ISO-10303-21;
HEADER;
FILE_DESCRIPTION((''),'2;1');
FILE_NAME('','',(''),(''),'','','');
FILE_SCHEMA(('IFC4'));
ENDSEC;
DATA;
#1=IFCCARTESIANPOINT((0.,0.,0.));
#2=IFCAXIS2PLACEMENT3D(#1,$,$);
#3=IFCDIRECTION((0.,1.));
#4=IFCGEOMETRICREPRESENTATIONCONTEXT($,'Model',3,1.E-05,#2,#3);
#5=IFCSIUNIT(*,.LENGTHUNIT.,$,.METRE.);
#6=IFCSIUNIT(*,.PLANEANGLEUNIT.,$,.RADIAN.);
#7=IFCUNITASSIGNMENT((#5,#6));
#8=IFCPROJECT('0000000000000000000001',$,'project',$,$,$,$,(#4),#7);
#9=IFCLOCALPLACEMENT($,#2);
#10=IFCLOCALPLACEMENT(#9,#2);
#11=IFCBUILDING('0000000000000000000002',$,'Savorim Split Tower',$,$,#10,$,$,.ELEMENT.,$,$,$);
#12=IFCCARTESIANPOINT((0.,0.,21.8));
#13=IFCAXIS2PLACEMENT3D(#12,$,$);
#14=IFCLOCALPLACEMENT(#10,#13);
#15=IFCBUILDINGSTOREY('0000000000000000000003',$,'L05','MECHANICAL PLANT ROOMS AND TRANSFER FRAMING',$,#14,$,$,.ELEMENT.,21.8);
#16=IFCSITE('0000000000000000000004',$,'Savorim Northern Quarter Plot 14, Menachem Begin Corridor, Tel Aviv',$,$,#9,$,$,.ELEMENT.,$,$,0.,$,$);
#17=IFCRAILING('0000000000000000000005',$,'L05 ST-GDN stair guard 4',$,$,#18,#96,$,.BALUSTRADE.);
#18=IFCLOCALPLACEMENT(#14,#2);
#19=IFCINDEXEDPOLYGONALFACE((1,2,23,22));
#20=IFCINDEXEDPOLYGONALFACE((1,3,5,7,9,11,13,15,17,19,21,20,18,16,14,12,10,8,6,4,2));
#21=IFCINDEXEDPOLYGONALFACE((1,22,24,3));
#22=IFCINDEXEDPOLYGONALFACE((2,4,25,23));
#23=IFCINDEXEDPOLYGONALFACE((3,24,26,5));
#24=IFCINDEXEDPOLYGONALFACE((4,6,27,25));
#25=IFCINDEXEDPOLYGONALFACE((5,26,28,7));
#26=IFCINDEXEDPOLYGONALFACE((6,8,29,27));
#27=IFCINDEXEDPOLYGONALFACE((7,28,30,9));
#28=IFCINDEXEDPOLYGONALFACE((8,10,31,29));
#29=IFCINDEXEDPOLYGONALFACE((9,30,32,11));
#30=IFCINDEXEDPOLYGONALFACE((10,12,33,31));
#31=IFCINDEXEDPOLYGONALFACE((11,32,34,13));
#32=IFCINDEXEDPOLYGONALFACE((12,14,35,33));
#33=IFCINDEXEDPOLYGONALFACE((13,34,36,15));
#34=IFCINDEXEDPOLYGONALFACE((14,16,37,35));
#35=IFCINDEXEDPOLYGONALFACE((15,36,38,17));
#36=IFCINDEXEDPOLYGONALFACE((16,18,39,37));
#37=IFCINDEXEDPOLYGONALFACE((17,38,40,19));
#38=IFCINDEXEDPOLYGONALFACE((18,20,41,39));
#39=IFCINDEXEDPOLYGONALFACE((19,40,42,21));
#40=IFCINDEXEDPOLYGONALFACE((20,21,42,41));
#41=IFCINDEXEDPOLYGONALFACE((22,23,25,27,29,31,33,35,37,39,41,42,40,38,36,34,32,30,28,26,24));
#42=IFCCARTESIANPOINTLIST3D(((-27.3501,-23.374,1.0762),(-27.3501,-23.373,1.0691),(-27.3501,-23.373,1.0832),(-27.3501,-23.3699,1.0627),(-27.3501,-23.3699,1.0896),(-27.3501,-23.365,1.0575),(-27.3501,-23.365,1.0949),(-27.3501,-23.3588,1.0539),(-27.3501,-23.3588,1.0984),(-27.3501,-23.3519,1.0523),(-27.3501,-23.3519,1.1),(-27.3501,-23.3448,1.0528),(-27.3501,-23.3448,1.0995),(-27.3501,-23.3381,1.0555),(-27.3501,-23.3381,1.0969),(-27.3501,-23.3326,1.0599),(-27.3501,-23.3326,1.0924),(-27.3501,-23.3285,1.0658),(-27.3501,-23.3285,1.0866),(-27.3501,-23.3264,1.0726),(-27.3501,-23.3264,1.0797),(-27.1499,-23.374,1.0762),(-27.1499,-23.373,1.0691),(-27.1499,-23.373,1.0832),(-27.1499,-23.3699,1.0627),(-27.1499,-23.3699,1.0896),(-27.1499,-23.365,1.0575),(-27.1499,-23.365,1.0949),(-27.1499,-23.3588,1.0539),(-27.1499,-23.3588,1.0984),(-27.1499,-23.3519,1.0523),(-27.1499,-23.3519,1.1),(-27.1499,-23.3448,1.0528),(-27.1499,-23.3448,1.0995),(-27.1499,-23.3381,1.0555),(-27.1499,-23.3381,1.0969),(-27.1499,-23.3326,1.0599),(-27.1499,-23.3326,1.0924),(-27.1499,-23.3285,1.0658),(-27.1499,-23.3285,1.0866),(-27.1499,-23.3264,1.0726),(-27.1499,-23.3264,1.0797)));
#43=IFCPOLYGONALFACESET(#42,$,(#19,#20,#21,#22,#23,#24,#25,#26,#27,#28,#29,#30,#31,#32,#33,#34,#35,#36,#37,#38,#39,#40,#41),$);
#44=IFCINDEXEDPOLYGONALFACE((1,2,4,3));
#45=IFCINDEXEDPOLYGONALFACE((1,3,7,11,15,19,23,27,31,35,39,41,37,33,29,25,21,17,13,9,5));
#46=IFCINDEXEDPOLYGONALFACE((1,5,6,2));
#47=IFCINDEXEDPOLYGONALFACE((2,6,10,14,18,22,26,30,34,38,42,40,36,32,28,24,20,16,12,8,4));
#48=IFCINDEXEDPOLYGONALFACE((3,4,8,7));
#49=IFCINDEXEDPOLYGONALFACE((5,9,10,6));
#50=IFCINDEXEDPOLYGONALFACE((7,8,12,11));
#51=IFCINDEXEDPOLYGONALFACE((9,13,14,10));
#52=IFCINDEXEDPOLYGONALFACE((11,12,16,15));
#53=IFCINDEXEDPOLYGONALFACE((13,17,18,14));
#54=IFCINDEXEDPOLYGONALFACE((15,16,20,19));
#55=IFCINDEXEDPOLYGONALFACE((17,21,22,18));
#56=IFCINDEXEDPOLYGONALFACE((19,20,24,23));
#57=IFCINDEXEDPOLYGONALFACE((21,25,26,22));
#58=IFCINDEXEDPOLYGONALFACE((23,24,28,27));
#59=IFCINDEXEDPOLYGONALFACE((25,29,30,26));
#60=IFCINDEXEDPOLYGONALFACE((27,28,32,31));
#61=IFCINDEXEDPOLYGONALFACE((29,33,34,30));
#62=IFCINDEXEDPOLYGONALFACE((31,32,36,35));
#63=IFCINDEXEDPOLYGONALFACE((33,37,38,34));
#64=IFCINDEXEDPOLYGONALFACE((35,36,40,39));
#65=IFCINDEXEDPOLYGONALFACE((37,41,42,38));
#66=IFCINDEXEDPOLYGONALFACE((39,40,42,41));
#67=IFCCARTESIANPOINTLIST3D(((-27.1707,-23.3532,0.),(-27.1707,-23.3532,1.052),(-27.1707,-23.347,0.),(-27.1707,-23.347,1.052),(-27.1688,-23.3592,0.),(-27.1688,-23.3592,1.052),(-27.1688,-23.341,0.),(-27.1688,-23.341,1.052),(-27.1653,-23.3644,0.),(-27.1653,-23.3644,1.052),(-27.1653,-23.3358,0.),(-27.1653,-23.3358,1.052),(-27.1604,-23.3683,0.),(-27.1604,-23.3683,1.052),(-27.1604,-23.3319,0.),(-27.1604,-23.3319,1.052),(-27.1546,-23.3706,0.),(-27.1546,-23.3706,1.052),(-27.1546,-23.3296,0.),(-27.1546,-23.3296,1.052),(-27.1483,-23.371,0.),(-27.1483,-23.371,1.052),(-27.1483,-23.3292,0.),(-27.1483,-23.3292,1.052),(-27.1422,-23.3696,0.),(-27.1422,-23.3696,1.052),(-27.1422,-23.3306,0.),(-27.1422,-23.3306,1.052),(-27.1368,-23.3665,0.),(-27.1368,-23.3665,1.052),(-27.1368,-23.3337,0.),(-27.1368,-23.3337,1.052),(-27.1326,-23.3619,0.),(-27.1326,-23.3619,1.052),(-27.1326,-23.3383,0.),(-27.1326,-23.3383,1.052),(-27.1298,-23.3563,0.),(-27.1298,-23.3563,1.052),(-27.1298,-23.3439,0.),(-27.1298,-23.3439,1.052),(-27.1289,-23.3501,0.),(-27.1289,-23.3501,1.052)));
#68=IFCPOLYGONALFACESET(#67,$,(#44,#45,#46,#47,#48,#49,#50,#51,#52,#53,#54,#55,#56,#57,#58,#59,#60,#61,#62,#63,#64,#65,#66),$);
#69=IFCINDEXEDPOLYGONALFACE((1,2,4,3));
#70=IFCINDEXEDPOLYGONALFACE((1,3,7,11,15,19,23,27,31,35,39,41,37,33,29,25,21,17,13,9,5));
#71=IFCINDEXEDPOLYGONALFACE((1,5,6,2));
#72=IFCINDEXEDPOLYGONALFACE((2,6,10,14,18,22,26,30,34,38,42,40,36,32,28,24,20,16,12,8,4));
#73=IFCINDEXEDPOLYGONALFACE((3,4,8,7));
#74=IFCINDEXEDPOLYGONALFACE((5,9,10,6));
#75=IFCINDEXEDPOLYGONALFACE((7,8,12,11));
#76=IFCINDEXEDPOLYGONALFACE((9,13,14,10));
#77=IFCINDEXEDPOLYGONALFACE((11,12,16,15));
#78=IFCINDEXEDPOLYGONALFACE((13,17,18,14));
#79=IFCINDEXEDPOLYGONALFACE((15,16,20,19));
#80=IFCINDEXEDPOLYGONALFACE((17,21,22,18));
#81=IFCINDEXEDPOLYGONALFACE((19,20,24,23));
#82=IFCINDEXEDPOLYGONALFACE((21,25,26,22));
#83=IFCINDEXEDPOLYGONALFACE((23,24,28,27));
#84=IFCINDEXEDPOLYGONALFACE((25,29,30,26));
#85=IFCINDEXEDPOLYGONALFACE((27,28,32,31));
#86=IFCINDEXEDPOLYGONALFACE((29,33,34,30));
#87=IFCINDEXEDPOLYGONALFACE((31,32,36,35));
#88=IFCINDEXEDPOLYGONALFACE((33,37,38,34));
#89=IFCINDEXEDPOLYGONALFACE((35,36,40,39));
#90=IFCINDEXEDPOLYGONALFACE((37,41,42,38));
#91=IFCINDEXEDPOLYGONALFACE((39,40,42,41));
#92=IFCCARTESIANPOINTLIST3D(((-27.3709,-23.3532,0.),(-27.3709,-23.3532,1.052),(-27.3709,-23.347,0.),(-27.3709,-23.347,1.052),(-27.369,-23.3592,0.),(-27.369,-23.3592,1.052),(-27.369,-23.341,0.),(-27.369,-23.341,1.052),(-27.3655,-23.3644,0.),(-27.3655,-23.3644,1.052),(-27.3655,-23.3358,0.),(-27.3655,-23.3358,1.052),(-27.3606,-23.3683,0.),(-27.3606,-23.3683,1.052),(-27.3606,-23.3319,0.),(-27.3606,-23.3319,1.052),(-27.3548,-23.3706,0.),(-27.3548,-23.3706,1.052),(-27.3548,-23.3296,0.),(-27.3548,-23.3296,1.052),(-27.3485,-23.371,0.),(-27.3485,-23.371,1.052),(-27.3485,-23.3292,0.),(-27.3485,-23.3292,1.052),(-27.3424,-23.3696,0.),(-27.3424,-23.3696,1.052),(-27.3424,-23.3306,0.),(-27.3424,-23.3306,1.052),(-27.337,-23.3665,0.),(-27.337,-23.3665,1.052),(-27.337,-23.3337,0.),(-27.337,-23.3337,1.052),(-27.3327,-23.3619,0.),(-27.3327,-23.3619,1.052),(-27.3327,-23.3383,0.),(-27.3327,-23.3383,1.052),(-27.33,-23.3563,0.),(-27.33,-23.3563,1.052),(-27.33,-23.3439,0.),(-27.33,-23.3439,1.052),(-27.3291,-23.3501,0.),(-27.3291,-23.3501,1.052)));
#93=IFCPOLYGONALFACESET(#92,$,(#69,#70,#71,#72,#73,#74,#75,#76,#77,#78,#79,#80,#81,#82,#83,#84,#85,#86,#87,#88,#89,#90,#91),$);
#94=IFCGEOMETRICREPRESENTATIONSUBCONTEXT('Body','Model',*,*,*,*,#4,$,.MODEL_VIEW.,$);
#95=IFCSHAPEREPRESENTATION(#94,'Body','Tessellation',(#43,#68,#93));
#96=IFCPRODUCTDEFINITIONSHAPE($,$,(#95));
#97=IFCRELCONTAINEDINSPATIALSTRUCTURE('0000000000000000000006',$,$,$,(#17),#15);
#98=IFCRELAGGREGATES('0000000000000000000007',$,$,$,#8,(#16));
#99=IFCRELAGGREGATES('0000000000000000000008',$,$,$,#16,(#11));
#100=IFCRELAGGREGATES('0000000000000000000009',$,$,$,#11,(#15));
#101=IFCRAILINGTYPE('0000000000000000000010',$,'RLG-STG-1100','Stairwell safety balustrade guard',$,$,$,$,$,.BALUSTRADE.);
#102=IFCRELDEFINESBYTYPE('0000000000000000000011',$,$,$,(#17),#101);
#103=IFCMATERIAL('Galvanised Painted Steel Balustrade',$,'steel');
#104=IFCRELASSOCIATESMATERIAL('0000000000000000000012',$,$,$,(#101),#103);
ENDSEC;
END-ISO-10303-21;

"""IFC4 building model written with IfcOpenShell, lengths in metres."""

from ifc_helpers import new_model, si_unit, direction, frame, origin, origin_2d, place, context, subcontext, project, spatial, circle, extrude, material, type_object, element, save


model = new_model("IFC4")

# Units and contexts
model_context = context("Model", 3, precision=1e-05, world=origin(), true_north=direction((0.0, 1.0)))
body_context = subcontext(model_context, "Body", "Model", "MODEL_VIEW")
ifc_project = project(units=[si_unit("LENGTHUNIT", "METRE"), si_unit("PLANEANGLEUNIT", "RADIAN")], contexts=[model_context])

# Site, building, storey
site_placement = place(None, origin())
site = spatial("IfcSite", under=ifc_project, at=site_placement, Name="Savorim Northern Quarter Plot 14, Menachem Begin Corridor, Tel Aviv", CompositionType="ELEMENT", RefElevation=0.0)
building_placement = place(site_placement, origin())
building = spatial("IfcBuilding", under=site, at=building_placement, Name="Savorim Split Tower", CompositionType="ELEMENT")
storey_placement = place(building_placement, frame((0.0, 0.0, 21.8)))
storey = spatial("IfcBuildingStorey", under=building, at=storey_placement, Name="L05", Description="MECHANICAL PLANT ROOMS AND TRANSFER FRAMING", CompositionType="ELEMENT", Elevation=21.8)

# Railing
ifc_material_1 = material(Name="Galvanised Painted Steel Balustrade", Category="steel")
railing_type_1 = type_object("IfcRailingType", Name="RLG-STG-1100", Description="Stairwell safety balustrade guard", PredefinedType="BALUSTRADE", material=ifc_material_1)
railing_1_placement = place(storey_placement, frame((-27.1499, -23.3501, 0.0)))
element("IfcRailing", 1, at=railing_1_placement, inside=storey, type_object=railing_type_1, Name="L05 ST-GDN stair guard 4", PredefinedType="BALUSTRADE", context=body_context, shape_type="SweptSolid", body=[
    extrude(circle(Radius=0.0239, at=origin_2d()), frame((0.0, 0.0, 1.0762), z_axis=(-1.0, 0.0, 0.0), x_axis=(0.0, -1.0, 0.0)), (0.0, 0.0, 1.0), 0.2002),
    extrude(circle(Radius=0.021, at=origin_2d()), origin(), (0.0, 0.0, 1.0), 1.052),
    extrude(circle(Radius=0.021, at=origin_2d()), frame((-0.2002, 0.0, 0.0)), (0.0, 0.0, 1.0), 1.052),
])

save(model, "model.ifc")
